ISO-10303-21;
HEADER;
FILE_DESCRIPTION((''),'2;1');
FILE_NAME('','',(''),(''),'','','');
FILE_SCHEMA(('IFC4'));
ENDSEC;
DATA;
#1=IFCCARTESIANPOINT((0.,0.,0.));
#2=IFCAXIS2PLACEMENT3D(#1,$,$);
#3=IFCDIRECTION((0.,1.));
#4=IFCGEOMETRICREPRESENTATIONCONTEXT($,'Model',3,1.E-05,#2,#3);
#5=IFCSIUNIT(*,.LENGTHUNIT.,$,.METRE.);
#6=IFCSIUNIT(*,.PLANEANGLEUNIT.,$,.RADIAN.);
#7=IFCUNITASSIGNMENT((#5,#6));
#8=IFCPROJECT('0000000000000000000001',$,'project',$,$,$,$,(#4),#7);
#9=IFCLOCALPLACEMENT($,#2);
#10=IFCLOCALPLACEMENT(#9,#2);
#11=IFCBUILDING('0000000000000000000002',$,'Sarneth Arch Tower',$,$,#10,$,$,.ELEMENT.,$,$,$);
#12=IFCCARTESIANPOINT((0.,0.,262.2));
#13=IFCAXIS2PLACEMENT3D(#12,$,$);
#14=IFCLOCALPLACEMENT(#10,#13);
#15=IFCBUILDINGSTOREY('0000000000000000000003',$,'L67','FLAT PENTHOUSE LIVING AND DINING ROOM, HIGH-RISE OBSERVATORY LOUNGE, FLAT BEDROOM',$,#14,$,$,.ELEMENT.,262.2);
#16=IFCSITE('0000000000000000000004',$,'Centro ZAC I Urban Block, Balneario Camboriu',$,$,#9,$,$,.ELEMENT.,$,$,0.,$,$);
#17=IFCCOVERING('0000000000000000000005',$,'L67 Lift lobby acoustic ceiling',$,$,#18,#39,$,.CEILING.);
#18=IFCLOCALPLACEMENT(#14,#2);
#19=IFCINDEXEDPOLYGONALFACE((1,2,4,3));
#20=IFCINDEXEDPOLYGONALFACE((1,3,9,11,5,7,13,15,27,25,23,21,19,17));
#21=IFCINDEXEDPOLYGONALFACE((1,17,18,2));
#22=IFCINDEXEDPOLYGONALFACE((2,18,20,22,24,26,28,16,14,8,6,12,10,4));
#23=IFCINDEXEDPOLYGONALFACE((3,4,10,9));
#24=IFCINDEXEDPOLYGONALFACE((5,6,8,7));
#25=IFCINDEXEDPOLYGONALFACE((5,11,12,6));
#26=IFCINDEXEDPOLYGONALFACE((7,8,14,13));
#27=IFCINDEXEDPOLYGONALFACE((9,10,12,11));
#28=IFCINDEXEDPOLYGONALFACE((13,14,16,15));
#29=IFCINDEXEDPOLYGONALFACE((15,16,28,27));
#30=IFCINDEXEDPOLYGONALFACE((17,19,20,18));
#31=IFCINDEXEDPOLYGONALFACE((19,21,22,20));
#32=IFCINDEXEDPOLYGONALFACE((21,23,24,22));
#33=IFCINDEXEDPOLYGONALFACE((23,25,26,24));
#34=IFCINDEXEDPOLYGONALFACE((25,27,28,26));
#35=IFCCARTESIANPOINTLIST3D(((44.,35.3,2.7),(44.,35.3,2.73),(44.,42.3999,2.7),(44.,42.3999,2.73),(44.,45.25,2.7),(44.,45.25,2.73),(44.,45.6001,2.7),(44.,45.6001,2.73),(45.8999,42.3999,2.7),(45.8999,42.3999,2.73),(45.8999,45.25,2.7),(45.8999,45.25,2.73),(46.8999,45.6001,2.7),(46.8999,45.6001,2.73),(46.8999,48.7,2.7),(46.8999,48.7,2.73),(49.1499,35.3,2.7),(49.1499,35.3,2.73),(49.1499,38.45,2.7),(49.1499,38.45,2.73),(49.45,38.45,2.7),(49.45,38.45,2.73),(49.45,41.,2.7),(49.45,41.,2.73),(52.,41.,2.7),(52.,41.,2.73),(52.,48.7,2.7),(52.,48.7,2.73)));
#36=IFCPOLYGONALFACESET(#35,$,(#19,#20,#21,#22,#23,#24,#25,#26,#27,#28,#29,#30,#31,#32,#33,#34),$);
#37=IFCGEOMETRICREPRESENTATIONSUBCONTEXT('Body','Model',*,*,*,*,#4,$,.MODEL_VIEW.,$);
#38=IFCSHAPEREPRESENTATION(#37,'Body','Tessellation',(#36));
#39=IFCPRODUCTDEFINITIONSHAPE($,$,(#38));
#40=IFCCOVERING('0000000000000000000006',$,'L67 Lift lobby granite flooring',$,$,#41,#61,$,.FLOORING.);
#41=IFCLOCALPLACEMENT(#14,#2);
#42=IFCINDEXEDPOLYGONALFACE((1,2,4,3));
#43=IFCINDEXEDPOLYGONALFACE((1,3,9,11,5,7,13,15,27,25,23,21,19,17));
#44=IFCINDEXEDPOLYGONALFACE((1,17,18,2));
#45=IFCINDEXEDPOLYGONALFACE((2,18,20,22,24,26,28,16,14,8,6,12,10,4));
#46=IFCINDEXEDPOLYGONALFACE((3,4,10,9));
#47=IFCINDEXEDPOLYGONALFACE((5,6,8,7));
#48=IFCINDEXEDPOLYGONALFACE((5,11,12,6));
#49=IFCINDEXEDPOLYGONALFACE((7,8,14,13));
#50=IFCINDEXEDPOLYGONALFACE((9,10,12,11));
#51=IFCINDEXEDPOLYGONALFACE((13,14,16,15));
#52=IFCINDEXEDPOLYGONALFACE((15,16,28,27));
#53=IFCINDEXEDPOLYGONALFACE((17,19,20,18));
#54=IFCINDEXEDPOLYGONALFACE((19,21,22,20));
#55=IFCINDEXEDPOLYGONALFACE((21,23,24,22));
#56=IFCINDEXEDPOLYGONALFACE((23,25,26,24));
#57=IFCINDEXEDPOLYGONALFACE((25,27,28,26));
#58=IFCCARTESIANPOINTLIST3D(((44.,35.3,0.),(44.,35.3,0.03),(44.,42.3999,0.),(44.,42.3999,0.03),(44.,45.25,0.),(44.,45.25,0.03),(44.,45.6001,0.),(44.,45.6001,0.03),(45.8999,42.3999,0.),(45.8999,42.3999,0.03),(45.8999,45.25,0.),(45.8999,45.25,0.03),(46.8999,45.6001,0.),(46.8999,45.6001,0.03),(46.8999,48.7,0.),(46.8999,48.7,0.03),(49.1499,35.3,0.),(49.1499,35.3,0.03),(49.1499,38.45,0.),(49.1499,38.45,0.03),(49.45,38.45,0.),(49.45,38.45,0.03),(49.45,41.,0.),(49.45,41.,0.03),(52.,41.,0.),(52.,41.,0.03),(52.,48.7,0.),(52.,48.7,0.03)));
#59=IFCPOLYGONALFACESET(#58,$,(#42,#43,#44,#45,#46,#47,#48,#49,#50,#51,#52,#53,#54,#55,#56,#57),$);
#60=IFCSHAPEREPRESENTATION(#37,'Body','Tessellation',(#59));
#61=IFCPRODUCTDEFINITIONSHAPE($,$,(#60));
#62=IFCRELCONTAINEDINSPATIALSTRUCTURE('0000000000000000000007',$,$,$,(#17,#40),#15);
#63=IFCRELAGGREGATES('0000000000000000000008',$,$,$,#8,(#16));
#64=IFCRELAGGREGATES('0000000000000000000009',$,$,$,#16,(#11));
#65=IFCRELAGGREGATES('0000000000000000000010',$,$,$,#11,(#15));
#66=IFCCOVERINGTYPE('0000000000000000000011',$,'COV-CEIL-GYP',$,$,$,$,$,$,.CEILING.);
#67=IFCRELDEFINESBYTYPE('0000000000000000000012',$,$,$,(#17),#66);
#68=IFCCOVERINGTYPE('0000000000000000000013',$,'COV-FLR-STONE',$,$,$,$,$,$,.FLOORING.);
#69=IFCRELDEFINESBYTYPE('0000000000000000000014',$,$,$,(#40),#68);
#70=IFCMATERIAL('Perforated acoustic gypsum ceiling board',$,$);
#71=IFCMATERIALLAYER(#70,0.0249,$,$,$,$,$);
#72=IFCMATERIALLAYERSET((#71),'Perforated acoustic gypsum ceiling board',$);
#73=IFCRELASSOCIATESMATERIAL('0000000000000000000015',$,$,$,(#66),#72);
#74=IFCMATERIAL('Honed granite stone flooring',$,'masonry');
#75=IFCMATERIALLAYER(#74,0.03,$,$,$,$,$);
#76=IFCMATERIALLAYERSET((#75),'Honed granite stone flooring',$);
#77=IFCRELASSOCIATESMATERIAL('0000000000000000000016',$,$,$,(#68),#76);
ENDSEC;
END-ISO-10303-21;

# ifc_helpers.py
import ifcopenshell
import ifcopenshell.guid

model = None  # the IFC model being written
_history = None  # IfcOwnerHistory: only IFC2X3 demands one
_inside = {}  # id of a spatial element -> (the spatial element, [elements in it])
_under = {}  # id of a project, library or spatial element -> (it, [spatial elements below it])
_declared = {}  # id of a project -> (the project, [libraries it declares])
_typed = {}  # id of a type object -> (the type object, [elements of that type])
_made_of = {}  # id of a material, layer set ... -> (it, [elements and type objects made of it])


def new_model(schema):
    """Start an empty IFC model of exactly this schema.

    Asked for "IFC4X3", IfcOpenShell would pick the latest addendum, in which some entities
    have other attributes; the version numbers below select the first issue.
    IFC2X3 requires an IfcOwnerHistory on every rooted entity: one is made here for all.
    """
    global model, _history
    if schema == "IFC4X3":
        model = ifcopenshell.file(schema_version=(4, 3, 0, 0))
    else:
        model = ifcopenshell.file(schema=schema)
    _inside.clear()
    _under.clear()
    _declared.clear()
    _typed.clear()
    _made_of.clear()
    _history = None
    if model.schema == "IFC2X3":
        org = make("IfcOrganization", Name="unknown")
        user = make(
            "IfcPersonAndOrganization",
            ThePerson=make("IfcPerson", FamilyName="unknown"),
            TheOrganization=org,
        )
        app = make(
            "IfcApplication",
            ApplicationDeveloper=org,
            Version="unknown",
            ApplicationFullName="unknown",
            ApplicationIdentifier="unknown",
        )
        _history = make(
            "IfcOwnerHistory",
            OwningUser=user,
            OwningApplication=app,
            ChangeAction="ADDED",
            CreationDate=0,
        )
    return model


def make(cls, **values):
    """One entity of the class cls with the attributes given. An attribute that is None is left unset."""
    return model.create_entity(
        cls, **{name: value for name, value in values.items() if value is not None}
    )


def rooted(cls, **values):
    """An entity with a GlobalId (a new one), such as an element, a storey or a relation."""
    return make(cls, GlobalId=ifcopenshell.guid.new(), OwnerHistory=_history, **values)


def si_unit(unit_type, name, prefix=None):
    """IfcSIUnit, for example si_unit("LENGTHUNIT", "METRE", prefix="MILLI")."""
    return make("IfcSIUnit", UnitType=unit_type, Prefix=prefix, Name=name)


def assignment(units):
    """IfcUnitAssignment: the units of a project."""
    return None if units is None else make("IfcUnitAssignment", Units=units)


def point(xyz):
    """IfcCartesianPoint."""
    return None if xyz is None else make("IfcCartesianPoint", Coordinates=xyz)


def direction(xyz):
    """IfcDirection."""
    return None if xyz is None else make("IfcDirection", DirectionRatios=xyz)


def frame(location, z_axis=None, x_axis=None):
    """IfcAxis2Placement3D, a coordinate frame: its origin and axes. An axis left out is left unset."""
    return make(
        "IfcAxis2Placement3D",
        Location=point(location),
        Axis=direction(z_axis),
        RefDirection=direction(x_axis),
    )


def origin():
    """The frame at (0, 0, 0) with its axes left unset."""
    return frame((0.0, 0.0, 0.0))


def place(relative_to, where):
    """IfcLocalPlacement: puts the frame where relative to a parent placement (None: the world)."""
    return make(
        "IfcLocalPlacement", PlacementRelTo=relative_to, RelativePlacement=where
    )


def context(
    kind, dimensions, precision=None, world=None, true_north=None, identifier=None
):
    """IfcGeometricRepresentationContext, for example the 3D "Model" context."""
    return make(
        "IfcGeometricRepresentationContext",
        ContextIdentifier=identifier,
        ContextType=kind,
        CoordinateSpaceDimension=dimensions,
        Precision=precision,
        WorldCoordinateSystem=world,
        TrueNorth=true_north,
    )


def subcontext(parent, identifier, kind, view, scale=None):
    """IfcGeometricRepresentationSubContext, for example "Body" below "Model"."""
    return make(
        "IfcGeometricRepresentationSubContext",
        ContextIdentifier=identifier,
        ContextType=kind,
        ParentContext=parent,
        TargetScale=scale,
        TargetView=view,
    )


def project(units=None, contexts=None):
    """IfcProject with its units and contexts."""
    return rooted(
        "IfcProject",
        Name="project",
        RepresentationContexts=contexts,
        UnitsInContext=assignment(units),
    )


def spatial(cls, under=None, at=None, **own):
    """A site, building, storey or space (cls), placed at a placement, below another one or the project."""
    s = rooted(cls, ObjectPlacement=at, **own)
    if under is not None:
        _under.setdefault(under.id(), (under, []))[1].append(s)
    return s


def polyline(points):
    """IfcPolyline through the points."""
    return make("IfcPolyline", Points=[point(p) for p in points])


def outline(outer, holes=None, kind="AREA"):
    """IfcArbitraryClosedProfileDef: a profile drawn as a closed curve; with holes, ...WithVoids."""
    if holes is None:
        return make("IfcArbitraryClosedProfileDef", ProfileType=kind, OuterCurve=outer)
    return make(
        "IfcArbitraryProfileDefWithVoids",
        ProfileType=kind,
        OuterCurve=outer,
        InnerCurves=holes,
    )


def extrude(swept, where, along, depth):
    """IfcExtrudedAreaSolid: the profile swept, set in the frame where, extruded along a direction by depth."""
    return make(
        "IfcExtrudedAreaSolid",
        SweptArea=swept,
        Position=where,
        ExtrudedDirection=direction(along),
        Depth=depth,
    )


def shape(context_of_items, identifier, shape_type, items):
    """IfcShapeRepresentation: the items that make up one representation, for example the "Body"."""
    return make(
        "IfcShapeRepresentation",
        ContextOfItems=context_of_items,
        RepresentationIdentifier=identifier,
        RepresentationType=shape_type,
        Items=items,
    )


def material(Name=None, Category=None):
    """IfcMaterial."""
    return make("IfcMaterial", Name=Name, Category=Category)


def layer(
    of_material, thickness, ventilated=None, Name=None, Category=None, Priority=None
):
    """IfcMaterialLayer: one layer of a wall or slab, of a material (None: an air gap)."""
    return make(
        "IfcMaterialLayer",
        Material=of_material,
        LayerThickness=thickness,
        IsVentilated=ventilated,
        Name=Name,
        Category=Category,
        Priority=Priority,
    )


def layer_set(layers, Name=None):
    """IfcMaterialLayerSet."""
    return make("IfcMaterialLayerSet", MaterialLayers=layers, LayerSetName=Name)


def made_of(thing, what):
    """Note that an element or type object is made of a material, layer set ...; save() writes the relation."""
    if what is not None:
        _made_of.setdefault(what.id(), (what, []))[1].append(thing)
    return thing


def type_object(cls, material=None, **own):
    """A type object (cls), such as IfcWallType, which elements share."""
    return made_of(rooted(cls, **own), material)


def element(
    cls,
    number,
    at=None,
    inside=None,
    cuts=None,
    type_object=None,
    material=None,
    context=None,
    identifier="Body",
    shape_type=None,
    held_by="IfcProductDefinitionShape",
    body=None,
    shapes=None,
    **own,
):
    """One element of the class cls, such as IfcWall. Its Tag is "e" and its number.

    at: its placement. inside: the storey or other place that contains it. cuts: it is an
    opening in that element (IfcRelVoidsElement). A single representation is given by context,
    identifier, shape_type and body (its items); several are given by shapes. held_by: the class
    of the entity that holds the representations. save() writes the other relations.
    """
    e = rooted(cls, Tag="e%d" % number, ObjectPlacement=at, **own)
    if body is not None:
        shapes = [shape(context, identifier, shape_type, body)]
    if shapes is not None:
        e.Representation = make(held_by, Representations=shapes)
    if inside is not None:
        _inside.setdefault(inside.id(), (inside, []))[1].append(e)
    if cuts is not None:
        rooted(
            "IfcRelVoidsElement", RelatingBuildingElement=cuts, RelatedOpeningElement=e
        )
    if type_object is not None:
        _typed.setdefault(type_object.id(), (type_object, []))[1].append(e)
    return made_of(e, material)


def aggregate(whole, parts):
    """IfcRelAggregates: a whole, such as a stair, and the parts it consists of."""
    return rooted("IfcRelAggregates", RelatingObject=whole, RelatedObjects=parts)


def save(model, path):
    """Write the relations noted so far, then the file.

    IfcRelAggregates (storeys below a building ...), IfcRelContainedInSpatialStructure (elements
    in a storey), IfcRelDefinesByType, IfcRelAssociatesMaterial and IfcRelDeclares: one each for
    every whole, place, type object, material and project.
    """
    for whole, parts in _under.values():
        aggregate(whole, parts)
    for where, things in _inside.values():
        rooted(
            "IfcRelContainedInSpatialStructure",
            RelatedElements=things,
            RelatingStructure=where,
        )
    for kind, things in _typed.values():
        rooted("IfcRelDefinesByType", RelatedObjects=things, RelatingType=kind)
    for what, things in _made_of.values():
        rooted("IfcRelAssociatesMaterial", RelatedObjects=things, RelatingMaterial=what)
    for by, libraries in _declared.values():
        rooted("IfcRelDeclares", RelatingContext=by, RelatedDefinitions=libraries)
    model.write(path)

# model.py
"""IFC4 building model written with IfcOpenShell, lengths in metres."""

from ifc_helpers import new_model, si_unit, direction, frame, origin, place, context, subcontext, project, spatial, polyline, outline, extrude, material, layer, layer_set, type_object, element, save


model = new_model("IFC4")

# Units and contexts
model_context = context("Model", 3, precision=1e-05, world=origin(), true_north=direction((0.0, 1.0)))
body_context = subcontext(model_context, "Body", "Model", "MODEL_VIEW")
ifc_project = project(units=[si_unit("LENGTHUNIT", "METRE"), si_unit("PLANEANGLEUNIT", "RADIAN")], contexts=[model_context])

# Site, building, storey
site_placement = place(None, origin())
site = spatial("IfcSite", under=ifc_project, at=site_placement, Name="Centro ZAC I Urban Block, Balneario Camboriu", CompositionType="ELEMENT", RefElevation=0.0)
building_placement = place(site_placement, origin())
building = spatial("IfcBuilding", under=site, at=building_placement, Name="Sarneth Arch Tower", CompositionType="ELEMENT")
storey_placement = place(building_placement, frame((0.0, 0.0, 262.2)))
storey = spatial("IfcBuildingStorey", under=building, at=storey_placement, Name="L67", Description="FLAT PENTHOUSE LIVING AND DINING ROOM, HIGH-RISE OBSERVATORY LOUNGE, FLAT BEDROOM", CompositionType="ELEMENT", Elevation=262.2)

# Coverings
ifc_material_1 = material(Name="Perforated acoustic gypsum ceiling board")
ifc_layer_1 = layer(ifc_material_1, 0.0249)
ifc_layer_set_1 = layer_set([ifc_layer_1], Name="Perforated acoustic gypsum ceiling board")
covering_type_1 = type_object("IfcCoveringType", Name="COV-CEIL-GYP", PredefinedType="CEILING", material=ifc_layer_set_1)
covering_1_placement = place(storey_placement, frame((0.0, 0.0, 2.7)))
element("IfcCovering", 1, at=covering_1_placement, inside=storey, type_object=covering_type_1, Name="L67 Lift lobby acoustic ceiling", PredefinedType="CEILING", context=body_context, shape_type="SweptSolid", body=[
    extrude(outline(polyline([(49.45, 41.0), (49.45, 38.45), (49.1499, 38.45), (49.1499, 35.3), (44.0, 35.3), (44.0, 42.3999), (45.8999, 42.3999), (45.8999, 45.25), (44.0, 45.25), (44.0, 45.6001), (46.8999, 45.6001), (46.8999, 48.7), (52.0, 48.7), (52.0, 41.0), (49.45, 41.0)])), origin(), (0.0, 0.0, 1.0), 0.03),
])
ifc_material_2 = material(Name="Honed granite stone flooring", Category="masonry")
ifc_layer_2 = layer(ifc_material_2, 0.03)
ifc_layer_set_2 = layer_set([ifc_layer_2], Name="Honed granite stone flooring")
covering_type_2 = type_object("IfcCoveringType", Name="COV-FLR-STONE", PredefinedType="FLOORING", material=ifc_layer_set_2)
covering_2_placement = place(storey_placement, origin())
element("IfcCovering", 2, at=covering_2_placement, inside=storey, type_object=covering_type_2, Name="L67 Lift lobby granite flooring", PredefinedType="FLOORING", context=body_context, shape_type="SweptSolid", body=[
    extrude(outline(polyline([(49.45, 41.0), (49.45, 38.45), (49.1499, 38.45), (49.1499, 35.3), (44.0, 35.3), (44.0, 42.3999), (45.8999, 42.3999), (45.8999, 45.25), (44.0, 45.25), (44.0, 45.6001), (46.8999, 45.6001), (46.8999, 48.7), (52.0, 48.7), (52.0, 41.0), (49.45, 41.0)])), origin(), (0.0, 0.0, 1.0), 0.03),
])

save(model, "model.ifc")
